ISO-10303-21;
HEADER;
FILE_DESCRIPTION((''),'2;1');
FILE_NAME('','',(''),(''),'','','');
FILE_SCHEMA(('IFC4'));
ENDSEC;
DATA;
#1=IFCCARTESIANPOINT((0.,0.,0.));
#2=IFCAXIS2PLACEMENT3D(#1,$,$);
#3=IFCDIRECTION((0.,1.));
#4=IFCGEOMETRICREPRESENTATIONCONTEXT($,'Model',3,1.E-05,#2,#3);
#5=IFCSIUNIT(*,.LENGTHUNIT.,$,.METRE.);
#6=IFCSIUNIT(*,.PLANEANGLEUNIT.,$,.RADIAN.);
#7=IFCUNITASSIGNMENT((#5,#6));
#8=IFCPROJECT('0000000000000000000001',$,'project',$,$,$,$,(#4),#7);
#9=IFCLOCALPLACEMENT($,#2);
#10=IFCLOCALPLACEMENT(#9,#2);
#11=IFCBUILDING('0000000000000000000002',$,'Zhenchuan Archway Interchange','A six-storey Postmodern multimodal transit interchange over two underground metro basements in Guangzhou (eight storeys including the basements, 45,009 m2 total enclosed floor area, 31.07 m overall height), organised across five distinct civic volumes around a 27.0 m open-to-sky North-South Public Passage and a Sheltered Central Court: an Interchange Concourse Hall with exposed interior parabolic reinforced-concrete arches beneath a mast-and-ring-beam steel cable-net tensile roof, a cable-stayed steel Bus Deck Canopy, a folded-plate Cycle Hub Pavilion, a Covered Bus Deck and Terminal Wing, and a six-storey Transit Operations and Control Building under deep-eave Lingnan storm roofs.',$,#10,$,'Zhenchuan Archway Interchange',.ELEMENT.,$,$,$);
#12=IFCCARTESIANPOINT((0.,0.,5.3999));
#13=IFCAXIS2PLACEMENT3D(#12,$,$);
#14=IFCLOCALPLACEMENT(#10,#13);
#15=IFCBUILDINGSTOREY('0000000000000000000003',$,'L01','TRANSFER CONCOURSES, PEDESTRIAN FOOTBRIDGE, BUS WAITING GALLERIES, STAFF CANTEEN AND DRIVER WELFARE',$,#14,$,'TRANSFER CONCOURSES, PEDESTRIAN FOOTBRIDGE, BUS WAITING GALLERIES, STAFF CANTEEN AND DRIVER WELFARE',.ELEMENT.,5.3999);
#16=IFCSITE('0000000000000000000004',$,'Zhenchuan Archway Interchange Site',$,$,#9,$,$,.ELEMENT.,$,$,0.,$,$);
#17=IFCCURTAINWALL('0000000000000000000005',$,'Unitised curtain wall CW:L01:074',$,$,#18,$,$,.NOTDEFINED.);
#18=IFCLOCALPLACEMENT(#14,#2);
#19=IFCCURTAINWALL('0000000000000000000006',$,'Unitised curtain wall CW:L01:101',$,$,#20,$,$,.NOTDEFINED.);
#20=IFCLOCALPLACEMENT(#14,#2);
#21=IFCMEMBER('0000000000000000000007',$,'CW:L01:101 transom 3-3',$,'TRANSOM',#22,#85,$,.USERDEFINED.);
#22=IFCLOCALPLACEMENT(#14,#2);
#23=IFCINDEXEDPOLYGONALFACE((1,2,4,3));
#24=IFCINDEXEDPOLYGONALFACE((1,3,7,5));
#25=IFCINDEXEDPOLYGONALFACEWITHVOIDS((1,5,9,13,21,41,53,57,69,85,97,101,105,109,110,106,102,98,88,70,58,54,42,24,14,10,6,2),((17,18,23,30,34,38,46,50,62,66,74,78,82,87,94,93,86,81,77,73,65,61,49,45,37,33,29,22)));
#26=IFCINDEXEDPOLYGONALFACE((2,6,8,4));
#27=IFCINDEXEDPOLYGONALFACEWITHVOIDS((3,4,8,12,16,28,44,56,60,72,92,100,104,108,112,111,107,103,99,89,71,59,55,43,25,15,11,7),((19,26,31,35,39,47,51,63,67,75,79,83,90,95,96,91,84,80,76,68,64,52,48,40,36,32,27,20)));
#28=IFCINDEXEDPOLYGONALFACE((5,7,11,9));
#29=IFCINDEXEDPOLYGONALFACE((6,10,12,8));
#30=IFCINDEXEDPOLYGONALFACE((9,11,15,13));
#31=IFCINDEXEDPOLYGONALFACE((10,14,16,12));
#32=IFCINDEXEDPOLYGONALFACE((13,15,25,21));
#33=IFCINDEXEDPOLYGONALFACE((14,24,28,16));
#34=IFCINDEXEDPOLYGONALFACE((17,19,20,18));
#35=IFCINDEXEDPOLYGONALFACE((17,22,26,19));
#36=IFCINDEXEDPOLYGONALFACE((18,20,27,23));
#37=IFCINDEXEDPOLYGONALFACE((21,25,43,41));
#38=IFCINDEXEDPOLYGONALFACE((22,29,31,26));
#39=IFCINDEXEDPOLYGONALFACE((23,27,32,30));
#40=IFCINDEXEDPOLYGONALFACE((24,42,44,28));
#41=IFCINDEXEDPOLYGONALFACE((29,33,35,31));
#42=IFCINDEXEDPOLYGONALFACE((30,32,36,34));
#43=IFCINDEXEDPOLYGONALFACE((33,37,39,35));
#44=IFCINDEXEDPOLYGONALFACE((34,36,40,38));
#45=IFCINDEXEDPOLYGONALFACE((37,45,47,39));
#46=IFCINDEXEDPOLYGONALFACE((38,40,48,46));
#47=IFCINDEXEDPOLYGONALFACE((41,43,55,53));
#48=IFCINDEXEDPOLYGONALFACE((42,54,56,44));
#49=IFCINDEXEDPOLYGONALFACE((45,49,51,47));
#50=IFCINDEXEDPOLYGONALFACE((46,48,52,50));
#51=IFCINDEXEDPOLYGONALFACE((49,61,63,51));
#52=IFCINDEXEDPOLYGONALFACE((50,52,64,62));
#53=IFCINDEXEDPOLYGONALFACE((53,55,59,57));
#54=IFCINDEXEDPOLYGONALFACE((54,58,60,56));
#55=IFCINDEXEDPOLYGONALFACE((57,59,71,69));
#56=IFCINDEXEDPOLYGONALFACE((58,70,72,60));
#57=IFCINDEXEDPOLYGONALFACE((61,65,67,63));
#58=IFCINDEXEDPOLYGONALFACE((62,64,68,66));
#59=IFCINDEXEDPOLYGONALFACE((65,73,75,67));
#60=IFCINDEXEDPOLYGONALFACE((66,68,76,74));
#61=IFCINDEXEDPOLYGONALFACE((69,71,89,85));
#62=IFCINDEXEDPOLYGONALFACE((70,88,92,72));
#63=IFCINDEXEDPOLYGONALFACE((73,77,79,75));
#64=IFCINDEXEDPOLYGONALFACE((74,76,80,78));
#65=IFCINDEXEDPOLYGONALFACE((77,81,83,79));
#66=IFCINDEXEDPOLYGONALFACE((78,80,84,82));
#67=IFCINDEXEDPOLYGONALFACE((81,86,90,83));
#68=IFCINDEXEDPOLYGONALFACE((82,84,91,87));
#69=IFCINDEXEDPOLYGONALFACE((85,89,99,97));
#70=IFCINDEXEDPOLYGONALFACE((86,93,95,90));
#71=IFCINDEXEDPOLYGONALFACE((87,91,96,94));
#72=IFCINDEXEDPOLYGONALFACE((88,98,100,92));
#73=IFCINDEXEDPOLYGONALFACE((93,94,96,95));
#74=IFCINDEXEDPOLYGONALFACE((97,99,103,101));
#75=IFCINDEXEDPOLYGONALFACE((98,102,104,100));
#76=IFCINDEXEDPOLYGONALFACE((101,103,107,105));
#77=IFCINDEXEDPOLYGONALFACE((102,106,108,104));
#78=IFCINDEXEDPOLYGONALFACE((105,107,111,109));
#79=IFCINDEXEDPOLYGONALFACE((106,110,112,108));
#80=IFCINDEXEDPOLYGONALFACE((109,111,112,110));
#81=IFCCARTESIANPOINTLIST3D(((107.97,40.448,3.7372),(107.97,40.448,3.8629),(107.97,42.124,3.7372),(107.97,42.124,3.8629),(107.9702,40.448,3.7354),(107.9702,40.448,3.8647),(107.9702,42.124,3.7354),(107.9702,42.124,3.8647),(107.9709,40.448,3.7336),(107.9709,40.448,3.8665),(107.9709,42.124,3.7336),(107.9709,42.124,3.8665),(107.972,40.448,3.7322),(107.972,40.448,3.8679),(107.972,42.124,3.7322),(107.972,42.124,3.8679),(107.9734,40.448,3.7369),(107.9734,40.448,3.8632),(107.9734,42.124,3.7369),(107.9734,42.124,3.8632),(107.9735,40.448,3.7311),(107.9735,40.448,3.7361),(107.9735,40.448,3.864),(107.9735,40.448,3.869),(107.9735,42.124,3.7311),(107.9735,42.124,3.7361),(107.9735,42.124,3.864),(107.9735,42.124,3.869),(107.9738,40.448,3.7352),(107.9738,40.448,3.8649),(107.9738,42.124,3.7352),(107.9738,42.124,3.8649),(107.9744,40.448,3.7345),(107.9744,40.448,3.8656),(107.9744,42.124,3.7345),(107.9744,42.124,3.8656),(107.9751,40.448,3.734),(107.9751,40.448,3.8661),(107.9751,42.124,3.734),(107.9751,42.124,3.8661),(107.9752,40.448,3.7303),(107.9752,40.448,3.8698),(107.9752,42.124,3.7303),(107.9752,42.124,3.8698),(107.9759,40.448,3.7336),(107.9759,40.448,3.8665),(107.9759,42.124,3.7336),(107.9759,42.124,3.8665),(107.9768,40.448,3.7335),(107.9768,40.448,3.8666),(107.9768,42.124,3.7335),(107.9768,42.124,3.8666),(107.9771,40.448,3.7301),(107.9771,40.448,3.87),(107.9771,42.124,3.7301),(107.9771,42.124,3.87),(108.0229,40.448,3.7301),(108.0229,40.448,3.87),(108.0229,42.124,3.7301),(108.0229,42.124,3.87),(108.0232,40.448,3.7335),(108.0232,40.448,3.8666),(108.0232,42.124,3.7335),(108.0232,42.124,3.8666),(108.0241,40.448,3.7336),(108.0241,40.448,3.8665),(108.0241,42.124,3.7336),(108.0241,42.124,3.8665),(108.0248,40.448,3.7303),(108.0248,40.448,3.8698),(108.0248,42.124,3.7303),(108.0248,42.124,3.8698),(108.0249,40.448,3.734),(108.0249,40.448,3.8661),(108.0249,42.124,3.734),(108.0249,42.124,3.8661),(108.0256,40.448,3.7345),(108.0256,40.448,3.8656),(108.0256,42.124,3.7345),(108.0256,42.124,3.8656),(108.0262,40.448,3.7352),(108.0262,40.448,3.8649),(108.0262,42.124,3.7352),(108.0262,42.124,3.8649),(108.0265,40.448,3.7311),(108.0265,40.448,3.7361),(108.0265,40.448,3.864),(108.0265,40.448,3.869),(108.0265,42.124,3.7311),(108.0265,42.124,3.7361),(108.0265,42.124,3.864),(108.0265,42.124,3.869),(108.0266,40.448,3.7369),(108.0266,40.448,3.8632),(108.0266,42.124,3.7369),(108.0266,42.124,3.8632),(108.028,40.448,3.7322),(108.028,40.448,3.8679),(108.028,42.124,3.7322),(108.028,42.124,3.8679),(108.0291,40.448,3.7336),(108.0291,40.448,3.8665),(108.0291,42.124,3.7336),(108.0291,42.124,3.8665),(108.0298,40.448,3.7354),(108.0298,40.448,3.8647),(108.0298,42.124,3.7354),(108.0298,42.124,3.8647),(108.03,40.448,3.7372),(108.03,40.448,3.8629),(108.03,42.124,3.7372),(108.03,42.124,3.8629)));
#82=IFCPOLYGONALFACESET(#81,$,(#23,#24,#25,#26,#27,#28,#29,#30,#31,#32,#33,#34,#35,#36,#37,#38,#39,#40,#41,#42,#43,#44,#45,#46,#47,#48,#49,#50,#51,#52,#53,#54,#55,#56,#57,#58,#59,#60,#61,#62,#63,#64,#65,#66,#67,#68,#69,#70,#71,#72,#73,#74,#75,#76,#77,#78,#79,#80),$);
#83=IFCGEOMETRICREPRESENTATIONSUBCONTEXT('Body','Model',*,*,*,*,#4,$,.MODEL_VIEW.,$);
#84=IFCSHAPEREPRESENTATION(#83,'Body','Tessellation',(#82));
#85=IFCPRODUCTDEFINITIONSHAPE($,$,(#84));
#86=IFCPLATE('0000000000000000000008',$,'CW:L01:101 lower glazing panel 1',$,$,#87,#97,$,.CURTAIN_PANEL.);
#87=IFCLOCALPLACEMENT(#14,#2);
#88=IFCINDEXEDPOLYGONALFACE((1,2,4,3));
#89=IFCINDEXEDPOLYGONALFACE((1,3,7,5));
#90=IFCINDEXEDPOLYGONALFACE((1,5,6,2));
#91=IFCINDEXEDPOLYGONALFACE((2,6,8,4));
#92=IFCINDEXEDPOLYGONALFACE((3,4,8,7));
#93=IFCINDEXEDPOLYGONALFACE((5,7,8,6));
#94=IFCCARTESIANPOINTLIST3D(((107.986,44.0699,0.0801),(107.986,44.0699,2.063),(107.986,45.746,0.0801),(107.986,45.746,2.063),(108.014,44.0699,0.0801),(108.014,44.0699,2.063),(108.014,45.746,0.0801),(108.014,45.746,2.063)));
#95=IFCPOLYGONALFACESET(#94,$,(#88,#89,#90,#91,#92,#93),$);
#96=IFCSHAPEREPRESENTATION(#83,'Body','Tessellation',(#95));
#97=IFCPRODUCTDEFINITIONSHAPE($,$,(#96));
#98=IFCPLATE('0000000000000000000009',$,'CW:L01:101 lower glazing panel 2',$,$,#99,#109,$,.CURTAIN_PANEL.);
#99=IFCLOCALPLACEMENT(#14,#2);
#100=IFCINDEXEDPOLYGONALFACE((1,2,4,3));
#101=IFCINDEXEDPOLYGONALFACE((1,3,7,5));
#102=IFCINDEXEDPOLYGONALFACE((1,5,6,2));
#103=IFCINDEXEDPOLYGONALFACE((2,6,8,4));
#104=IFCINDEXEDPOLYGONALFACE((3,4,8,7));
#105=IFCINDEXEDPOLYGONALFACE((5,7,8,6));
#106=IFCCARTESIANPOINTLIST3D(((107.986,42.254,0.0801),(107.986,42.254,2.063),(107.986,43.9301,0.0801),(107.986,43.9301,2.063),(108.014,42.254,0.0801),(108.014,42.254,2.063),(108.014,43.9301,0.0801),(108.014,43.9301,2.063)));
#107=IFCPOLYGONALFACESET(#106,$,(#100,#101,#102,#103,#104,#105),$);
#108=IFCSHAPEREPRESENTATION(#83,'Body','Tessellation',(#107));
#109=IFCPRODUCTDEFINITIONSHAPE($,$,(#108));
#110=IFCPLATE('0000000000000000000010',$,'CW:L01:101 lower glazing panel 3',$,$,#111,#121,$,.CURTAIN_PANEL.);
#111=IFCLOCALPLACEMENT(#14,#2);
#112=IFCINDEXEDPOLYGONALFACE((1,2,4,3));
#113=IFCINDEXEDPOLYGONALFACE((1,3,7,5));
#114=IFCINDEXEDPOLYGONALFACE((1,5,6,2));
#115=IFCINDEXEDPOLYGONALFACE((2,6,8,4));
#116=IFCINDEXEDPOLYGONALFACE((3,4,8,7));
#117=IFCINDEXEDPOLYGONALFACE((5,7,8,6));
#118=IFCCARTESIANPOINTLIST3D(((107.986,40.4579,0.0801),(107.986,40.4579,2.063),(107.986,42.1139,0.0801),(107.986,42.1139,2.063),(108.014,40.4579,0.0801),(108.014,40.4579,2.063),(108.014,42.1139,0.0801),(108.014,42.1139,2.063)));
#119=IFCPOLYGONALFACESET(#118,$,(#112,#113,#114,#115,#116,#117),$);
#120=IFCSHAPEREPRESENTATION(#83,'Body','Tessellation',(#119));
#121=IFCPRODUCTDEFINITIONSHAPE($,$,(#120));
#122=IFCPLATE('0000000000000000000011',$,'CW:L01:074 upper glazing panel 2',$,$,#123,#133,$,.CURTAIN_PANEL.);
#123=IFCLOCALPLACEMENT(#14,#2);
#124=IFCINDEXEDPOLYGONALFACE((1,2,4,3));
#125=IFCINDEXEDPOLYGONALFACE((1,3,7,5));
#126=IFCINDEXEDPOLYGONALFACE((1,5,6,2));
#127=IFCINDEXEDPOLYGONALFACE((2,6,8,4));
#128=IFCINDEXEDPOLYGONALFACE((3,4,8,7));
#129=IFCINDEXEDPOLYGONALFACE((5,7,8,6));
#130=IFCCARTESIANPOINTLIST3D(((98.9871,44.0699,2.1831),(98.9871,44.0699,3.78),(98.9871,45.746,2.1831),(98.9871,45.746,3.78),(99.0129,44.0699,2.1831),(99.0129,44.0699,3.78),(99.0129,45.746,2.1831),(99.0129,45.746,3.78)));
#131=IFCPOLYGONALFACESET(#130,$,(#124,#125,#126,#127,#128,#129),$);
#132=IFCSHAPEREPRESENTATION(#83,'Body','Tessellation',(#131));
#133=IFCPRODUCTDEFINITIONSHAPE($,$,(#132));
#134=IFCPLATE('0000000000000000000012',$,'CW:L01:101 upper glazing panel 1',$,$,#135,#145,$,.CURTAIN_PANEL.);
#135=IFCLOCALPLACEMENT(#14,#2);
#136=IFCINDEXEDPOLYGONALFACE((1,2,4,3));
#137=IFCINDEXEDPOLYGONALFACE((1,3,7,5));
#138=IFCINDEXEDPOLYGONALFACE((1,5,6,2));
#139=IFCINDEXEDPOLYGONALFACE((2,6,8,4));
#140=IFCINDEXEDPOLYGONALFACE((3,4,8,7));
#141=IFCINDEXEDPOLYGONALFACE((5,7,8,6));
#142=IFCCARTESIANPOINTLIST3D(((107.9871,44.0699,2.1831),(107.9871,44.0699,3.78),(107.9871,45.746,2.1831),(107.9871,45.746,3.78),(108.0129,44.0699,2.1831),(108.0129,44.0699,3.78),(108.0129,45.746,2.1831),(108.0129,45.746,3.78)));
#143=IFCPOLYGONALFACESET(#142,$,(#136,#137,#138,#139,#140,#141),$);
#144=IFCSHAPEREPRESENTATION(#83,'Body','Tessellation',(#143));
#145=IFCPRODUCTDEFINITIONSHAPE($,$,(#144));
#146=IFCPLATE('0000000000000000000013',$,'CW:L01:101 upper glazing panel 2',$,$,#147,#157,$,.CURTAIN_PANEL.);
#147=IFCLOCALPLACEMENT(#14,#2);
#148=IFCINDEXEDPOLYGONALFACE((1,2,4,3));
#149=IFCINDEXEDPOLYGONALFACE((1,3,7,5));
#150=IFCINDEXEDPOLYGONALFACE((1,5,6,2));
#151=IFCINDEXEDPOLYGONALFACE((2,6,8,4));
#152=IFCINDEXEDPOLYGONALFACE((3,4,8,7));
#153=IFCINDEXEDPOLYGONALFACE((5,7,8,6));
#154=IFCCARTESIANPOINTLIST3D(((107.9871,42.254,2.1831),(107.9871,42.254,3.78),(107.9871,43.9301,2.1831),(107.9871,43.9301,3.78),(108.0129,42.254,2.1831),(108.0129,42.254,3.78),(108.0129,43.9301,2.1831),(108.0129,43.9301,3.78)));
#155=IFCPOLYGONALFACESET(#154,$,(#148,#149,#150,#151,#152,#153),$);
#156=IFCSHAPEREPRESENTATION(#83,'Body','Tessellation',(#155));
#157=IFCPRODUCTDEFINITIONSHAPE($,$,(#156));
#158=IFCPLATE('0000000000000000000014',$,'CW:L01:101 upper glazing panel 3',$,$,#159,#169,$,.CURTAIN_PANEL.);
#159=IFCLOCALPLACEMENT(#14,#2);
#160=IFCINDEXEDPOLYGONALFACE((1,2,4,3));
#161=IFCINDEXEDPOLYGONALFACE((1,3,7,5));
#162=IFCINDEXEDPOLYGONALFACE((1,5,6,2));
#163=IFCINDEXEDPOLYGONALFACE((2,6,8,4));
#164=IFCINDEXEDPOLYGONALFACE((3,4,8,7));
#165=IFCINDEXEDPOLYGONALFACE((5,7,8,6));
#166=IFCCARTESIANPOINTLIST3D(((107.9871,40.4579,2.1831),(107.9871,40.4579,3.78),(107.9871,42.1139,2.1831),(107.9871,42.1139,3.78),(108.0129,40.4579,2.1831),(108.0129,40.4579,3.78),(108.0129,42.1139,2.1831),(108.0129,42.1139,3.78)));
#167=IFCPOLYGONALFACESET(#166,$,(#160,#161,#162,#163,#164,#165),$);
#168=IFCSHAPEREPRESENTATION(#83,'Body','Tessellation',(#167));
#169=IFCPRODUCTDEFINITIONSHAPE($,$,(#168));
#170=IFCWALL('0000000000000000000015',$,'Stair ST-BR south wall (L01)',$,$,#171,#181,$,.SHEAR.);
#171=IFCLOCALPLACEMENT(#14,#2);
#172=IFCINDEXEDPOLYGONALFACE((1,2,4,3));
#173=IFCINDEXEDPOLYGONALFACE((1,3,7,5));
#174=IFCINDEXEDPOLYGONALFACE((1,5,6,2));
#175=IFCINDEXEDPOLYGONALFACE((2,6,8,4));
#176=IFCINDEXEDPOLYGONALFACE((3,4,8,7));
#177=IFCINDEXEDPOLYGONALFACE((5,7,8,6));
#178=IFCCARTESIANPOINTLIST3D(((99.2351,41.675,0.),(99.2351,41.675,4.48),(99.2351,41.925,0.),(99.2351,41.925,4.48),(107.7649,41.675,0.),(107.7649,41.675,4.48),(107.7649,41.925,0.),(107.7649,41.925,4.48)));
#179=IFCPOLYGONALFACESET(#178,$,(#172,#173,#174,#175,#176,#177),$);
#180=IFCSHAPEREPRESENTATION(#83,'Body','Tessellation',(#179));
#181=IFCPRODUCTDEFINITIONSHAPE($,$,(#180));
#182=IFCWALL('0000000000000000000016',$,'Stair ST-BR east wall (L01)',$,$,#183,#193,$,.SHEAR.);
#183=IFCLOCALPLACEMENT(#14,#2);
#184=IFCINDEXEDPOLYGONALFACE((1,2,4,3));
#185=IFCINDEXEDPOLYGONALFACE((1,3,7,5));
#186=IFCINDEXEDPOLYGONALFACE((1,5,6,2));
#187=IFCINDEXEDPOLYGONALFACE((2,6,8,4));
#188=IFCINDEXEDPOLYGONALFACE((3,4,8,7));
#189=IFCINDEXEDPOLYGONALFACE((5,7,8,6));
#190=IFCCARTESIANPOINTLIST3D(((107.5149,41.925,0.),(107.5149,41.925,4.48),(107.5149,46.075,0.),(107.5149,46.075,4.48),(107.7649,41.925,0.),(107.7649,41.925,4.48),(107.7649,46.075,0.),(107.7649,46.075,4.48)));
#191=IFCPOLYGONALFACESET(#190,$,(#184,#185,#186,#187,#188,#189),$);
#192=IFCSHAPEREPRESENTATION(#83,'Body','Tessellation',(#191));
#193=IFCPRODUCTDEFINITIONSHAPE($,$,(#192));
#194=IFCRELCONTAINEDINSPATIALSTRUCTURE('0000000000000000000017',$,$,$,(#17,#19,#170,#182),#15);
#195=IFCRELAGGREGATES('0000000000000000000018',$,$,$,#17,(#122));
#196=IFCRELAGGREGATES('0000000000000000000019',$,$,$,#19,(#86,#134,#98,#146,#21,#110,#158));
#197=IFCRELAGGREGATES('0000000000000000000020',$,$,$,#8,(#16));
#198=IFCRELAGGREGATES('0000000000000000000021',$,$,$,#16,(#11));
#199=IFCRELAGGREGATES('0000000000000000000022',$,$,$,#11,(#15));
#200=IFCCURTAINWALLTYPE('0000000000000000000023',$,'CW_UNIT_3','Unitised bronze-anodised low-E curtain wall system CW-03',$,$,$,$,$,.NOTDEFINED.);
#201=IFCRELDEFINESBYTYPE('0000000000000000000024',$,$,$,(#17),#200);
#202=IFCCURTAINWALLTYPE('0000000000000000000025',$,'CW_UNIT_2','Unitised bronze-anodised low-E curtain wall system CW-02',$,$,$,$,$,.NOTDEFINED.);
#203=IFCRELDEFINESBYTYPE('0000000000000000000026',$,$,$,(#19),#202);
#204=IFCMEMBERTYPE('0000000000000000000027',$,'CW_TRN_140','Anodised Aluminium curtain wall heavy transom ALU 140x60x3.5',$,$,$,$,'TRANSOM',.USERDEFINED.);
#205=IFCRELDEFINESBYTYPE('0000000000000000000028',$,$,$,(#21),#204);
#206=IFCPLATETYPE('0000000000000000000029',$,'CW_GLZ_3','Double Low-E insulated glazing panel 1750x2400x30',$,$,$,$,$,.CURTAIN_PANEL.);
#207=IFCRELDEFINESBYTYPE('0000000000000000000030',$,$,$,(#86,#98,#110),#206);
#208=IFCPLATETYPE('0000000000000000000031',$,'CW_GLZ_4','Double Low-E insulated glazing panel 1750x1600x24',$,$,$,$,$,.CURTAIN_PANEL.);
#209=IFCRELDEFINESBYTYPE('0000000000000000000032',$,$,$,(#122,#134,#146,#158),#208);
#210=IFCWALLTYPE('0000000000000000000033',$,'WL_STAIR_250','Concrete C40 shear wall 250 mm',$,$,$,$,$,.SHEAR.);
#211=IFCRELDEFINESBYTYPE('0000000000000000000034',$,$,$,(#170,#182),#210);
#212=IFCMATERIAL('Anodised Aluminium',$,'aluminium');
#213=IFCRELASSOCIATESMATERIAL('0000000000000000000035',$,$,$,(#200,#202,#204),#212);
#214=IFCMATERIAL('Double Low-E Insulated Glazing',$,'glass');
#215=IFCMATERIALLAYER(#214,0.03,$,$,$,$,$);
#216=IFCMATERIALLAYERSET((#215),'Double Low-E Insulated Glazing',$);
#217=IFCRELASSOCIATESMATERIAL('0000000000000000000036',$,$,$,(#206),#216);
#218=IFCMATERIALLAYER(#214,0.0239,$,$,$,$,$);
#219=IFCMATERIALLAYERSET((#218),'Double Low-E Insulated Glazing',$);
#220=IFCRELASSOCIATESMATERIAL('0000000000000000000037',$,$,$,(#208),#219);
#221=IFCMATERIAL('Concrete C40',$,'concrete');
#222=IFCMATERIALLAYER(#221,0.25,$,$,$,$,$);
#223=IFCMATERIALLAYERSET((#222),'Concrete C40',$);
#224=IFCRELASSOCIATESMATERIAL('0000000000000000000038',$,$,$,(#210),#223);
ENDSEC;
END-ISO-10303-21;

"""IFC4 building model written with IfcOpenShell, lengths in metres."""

from ifc_helpers import new_model, si_unit, direction, frame, frame_2d, origin, origin_2d, place, context, subcontext, project, spatial, rectangle, hollow_rectangle, extrude, material, layer, layer_set, material_profile, profile_set, type_object, element, aggregate, save


model = new_model("IFC4")

# Units and contexts
model_context = context("Model", 3, precision=1e-05, world=origin(), true_north=direction((0.0, 1.0)))
body_context = subcontext(model_context, "Body", "Model", "MODEL_VIEW")
ifc_project = project(units=[si_unit("LENGTHUNIT", "METRE"), si_unit("PLANEANGLEUNIT", "RADIAN")], contexts=[model_context])

# Site, building, storey
site_placement = place(None, origin())
site = spatial("IfcSite", under=ifc_project, at=site_placement, Name="Zhenchuan Archway Interchange Site", CompositionType="ELEMENT", RefElevation=0.0)
building_placement = place(site_placement, origin())
building = spatial("IfcBuilding", under=site, at=building_placement, Name="Zhenchuan Archway Interchange", Description="A six-storey Postmodern multimodal transit interchange over two underground metro basements in Guangzhou (eight storeys including the basements, 45,009 m2 total enclosed floor area, 31.07 m overall height), organised across five distinct civic volumes around a 27.0 m open-to-sky North-South Public Passage and a Sheltered Central Court: an Interchange Concourse Hall with exposed interior parabolic reinforced-concrete arches beneath a mast-and-ring-beam steel cable-net tensile roof, a cable-stayed steel Bus Deck Canopy, a folded-plate Cycle Hub Pavilion, a Covered Bus Deck and Terminal Wing, and a six-storey Transit Operations and Control Building under deep-eave Lingnan storm roofs.", LongName="Zhenchuan Archway Interchange", CompositionType="ELEMENT")
storey_placement = place(building_placement, frame((0.0, 0.0, 5.3999)))
storey = spatial("IfcBuildingStorey", under=building, at=storey_placement, Name="L01", Description="TRANSFER CONCOURSES, PEDESTRIAN FOOTBRIDGE, BUS WAITING GALLERIES, STAFF CANTEEN AND DRIVER WELFARE", LongName="TRANSFER CONCOURSES, PEDESTRIAN FOOTBRIDGE, BUS WAITING GALLERIES, STAFF CANTEEN AND DRIVER WELFARE", CompositionType="ELEMENT", Elevation=5.3999)

# Curtain wall
ifc_material_1 = material(Name="Anodised Aluminium", Category="aluminium")
curtain_wall_type_1 = type_object("IfcCurtainWallType", Name="CW_UNIT_3", Description="Unitised bronze-anodised low-E curtain wall system CW-03", PredefinedType="NOTDEFINED", material=ifc_material_1)
curtain_wall_1_placement = place(storey_placement, origin())
curtain_wall_1 = element("IfcCurtainWall", 1, at=curtain_wall_1_placement, inside=storey, type_object=curtain_wall_type_1, Name="Unitised curtain wall CW:L01:074", PredefinedType="NOTDEFINED")

# Curtain wall
curtain_wall_type_2 = type_object("IfcCurtainWallType", Name="CW_UNIT_2", Description="Unitised bronze-anodised low-E curtain wall system CW-02", PredefinedType="NOTDEFINED", material=ifc_material_1)
curtain_wall_2_placement = place(storey_placement, origin())
curtain_wall_2 = element("IfcCurtainWall", 2, at=curtain_wall_2_placement, inside=storey, type_object=curtain_wall_type_2, Name="Unitised curtain wall CW:L01:101", PredefinedType="NOTDEFINED")

# Member
ifc_material_profile_1 = material_profile(ifc_material_1, hollow_rectangle(XDim=0.0601, YDim=0.1399, WallThickness=0.0034, InnerFilletRadius=0.0034, OuterFilletRadius=0.0071, at=origin_2d()), Name="ALU 140x60x3.5")
ifc_profile_set_1 = profile_set([ifc_material_profile_1], Name="Anodised Aluminium")
member_type_1 = type_object("IfcMemberType", Name="CW_TRN_140", Description="Anodised Aluminium curtain wall heavy transom ALU 140x60x3.5", ElementType="TRANSOM", PredefinedType="USERDEFINED", material=ifc_profile_set_1)
member_1_placement = place(storey_placement, frame((108.0, 42.124, 3.8), z_axis=(0.0, -1.0, 0.0), x_axis=(1.0, 0.0, 0.0)))
member_1 = element("IfcMember", 3, at=member_1_placement, type_object=member_type_1, Name="CW:L01:101 transom 3-3", ObjectType="TRANSOM", PredefinedType="USERDEFINED", context=body_context, shape_type="SweptSolid", body=[
    extrude(hollow_rectangle(XDim=0.0601, YDim=0.1399, WallThickness=0.0034, InnerFilletRadius=0.0034, OuterFilletRadius=0.0071, at=origin_2d()), origin(), (0.0, 0.0, 1.0), 1.676),
])

# Plates
ifc_material_2 = material(Name="Double Low-E Insulated Glazing", Category="glass")
ifc_layer_1 = layer(ifc_material_2, 0.03)
ifc_layer_set_1 = layer_set([ifc_layer_1], Name="Double Low-E Insulated Glazing")
plate_type_1 = type_object("IfcPlateType", Name="CW_GLZ_3", Description="Double Low-E insulated glazing panel 1750x2400x30", PredefinedType="CURTAIN_PANEL", material=ifc_layer_set_1)
plate_1_placement = place(storey_placement, frame((108.0, 44.908, 0.0801), z_axis=(0.0, 0.0, 1.0), x_axis=(0.0, -1.0, 0.0)))
plate_1 = element("IfcPlate", 4, at=plate_1_placement, type_object=plate_type_1, Name="CW:L01:101 lower glazing panel 1", PredefinedType="CURTAIN_PANEL", context=body_context, shape_type="SweptSolid", body=[
    extrude(rectangle(XDim=1.676, YDim=0.0281, at=origin_2d()), origin(), (0.0, 0.0, 1.0), 1.9829),
])
plate_2_placement = place(storey_placement, frame((108.0, 43.092, 0.0801), z_axis=(0.0, 0.0, 1.0), x_axis=(0.0, -1.0, 0.0)))
plate_2 = element("IfcPlate", 5, at=plate_2_placement, type_object=plate_type_1, Name="CW:L01:101 lower glazing panel 2", PredefinedType="CURTAIN_PANEL", context=body_context, shape_type="SweptSolid", body=[
    extrude(rectangle(XDim=1.676, YDim=0.0281, at=origin_2d()), origin(), (0.0, 0.0, 1.0), 1.9829),
])
plate_3_placement = place(storey_placement, frame((108.0, 41.2859, 0.0801), z_axis=(0.0, 0.0, 1.0), x_axis=(0.0, -1.0, 0.0)))
plate_3 = element("IfcPlate", 6, at=plate_3_placement, type_object=plate_type_1, Name="CW:L01:101 lower glazing panel 3", PredefinedType="CURTAIN_PANEL", context=body_context, shape_type="SweptSolid", body=[
    extrude(rectangle(XDim=1.656, YDim=0.0281, at=origin_2d()), origin(), (0.0, 0.0, 1.0), 1.9829),
])
ifc_layer_2 = layer(ifc_material_2, 0.0239)
ifc_layer_set_2 = layer_set([ifc_layer_2], Name="Double Low-E Insulated Glazing")
plate_type_2 = type_object("IfcPlateType", Name="CW_GLZ_4", Description="Double Low-E insulated glazing panel 1750x1600x24", PredefinedType="CURTAIN_PANEL", material=ifc_layer_set_2)
plate_4_placement = place(storey_placement, frame((99.0, 44.908, 2.1831), z_axis=(0.0, 0.0, 1.0), x_axis=(0.0, 1.0, 0.0)))
plate_4 = element("IfcPlate", 7, at=plate_4_placement, type_object=plate_type_2, Name="CW:L01:074 upper glazing panel 2", PredefinedType="CURTAIN_PANEL", context=body_context, shape_type="SweptSolid", body=[
    extrude(rectangle(XDim=1.676, YDim=0.0259, at=origin_2d()), origin(), (0.0, 0.0, 1.0), 1.5969),
])
aggregate(curtain_wall_1, [plate_4])
plate_5_placement = place(storey_placement, frame((108.0, 44.908, 2.1831), z_axis=(0.0, 0.0, 1.0), x_axis=(0.0, -1.0, 0.0)))
plate_5 = element("IfcPlate", 8, at=plate_5_placement, type_object=plate_type_2, Name="CW:L01:101 upper glazing panel 1", PredefinedType="CURTAIN_PANEL", context=body_context, shape_type="SweptSolid", body=[
    extrude(rectangle(XDim=1.676, YDim=0.0259, at=origin_2d()), origin(), (0.0, 0.0, 1.0), 1.5969),
])
plate_6_placement = place(storey_placement, frame((108.0, 43.092, 2.1831), z_axis=(0.0, 0.0, 1.0), x_axis=(0.0, -1.0, 0.0)))
plate_6 = element("IfcPlate", 9, at=plate_6_placement, type_object=plate_type_2, Name="CW:L01:101 upper glazing panel 2", PredefinedType="CURTAIN_PANEL", context=body_context, shape_type="SweptSolid", body=[
    extrude(rectangle(XDim=1.676, YDim=0.0259, at=origin_2d()), origin(), (0.0, 0.0, 1.0), 1.5969),
])
plate_7_placement = place(storey_placement, frame((108.0, 41.2859, 2.1831), z_axis=(0.0, 0.0, 1.0), x_axis=(0.0, -1.0, 0.0)))
plate_7 = element("IfcPlate", 10, at=plate_7_placement, type_object=plate_type_2, Name="CW:L01:101 upper glazing panel 3", PredefinedType="CURTAIN_PANEL", context=body_context, shape_type="SweptSolid", body=[
    extrude(rectangle(XDim=1.656, YDim=0.0259, at=origin_2d()), origin(), (0.0, 0.0, 1.0), 1.5969),
])
aggregate(curtain_wall_2, [plate_1, plate_5, plate_2, plate_6, member_1, plate_3, plate_7])

# Walls
ifc_material_3 = material(Name="Concrete C40", Category="concrete")
ifc_layer_3 = layer(ifc_material_3, 0.25)
ifc_layer_set_3 = layer_set([ifc_layer_3], Name="Concrete C40")
wall_type = type_object("IfcWallType", Name="WL_STAIR_250", Description="Concrete C40 shear wall 250 mm", PredefinedType="SHEAR", material=ifc_layer_set_3)
wall_1_placement = place(storey_placement, frame((99.2351, 41.8, 0.0), z_axis=(0.0, 0.0, 1.0), x_axis=(1.0, 0.0, 0.0)))
element("IfcWall", 11, at=wall_1_placement, inside=storey, type_object=wall_type, Name="Stair ST-BR south wall (L01)", PredefinedType="SHEAR", context=body_context, shape_type="SweptSolid", body=[
    extrude(rectangle(XDim=8.5298, YDim=0.25, at=frame_2d((4.2649, 0.0))), origin(), (0.0, 0.0, 1.0), 4.48),
])
wall_2_placement = place(storey_placement, frame((107.6399, 41.925, 0.0), z_axis=(0.0, 0.0, 1.0), x_axis=(0.0, 1.0, 0.0)))
element("IfcWall", 12, at=wall_2_placement, inside=storey, type_object=wall_type, Name="Stair ST-BR east wall (L01)", PredefinedType="SHEAR", context=body_context, shape_type="SweptSolid", body=[
    extrude(rectangle(XDim=4.1499, YDim=0.25, at=frame_2d((2.075, 0.0))), origin(), (0.0, 0.0, 1.0), 4.48),
])

save(model, "model.ifc")
